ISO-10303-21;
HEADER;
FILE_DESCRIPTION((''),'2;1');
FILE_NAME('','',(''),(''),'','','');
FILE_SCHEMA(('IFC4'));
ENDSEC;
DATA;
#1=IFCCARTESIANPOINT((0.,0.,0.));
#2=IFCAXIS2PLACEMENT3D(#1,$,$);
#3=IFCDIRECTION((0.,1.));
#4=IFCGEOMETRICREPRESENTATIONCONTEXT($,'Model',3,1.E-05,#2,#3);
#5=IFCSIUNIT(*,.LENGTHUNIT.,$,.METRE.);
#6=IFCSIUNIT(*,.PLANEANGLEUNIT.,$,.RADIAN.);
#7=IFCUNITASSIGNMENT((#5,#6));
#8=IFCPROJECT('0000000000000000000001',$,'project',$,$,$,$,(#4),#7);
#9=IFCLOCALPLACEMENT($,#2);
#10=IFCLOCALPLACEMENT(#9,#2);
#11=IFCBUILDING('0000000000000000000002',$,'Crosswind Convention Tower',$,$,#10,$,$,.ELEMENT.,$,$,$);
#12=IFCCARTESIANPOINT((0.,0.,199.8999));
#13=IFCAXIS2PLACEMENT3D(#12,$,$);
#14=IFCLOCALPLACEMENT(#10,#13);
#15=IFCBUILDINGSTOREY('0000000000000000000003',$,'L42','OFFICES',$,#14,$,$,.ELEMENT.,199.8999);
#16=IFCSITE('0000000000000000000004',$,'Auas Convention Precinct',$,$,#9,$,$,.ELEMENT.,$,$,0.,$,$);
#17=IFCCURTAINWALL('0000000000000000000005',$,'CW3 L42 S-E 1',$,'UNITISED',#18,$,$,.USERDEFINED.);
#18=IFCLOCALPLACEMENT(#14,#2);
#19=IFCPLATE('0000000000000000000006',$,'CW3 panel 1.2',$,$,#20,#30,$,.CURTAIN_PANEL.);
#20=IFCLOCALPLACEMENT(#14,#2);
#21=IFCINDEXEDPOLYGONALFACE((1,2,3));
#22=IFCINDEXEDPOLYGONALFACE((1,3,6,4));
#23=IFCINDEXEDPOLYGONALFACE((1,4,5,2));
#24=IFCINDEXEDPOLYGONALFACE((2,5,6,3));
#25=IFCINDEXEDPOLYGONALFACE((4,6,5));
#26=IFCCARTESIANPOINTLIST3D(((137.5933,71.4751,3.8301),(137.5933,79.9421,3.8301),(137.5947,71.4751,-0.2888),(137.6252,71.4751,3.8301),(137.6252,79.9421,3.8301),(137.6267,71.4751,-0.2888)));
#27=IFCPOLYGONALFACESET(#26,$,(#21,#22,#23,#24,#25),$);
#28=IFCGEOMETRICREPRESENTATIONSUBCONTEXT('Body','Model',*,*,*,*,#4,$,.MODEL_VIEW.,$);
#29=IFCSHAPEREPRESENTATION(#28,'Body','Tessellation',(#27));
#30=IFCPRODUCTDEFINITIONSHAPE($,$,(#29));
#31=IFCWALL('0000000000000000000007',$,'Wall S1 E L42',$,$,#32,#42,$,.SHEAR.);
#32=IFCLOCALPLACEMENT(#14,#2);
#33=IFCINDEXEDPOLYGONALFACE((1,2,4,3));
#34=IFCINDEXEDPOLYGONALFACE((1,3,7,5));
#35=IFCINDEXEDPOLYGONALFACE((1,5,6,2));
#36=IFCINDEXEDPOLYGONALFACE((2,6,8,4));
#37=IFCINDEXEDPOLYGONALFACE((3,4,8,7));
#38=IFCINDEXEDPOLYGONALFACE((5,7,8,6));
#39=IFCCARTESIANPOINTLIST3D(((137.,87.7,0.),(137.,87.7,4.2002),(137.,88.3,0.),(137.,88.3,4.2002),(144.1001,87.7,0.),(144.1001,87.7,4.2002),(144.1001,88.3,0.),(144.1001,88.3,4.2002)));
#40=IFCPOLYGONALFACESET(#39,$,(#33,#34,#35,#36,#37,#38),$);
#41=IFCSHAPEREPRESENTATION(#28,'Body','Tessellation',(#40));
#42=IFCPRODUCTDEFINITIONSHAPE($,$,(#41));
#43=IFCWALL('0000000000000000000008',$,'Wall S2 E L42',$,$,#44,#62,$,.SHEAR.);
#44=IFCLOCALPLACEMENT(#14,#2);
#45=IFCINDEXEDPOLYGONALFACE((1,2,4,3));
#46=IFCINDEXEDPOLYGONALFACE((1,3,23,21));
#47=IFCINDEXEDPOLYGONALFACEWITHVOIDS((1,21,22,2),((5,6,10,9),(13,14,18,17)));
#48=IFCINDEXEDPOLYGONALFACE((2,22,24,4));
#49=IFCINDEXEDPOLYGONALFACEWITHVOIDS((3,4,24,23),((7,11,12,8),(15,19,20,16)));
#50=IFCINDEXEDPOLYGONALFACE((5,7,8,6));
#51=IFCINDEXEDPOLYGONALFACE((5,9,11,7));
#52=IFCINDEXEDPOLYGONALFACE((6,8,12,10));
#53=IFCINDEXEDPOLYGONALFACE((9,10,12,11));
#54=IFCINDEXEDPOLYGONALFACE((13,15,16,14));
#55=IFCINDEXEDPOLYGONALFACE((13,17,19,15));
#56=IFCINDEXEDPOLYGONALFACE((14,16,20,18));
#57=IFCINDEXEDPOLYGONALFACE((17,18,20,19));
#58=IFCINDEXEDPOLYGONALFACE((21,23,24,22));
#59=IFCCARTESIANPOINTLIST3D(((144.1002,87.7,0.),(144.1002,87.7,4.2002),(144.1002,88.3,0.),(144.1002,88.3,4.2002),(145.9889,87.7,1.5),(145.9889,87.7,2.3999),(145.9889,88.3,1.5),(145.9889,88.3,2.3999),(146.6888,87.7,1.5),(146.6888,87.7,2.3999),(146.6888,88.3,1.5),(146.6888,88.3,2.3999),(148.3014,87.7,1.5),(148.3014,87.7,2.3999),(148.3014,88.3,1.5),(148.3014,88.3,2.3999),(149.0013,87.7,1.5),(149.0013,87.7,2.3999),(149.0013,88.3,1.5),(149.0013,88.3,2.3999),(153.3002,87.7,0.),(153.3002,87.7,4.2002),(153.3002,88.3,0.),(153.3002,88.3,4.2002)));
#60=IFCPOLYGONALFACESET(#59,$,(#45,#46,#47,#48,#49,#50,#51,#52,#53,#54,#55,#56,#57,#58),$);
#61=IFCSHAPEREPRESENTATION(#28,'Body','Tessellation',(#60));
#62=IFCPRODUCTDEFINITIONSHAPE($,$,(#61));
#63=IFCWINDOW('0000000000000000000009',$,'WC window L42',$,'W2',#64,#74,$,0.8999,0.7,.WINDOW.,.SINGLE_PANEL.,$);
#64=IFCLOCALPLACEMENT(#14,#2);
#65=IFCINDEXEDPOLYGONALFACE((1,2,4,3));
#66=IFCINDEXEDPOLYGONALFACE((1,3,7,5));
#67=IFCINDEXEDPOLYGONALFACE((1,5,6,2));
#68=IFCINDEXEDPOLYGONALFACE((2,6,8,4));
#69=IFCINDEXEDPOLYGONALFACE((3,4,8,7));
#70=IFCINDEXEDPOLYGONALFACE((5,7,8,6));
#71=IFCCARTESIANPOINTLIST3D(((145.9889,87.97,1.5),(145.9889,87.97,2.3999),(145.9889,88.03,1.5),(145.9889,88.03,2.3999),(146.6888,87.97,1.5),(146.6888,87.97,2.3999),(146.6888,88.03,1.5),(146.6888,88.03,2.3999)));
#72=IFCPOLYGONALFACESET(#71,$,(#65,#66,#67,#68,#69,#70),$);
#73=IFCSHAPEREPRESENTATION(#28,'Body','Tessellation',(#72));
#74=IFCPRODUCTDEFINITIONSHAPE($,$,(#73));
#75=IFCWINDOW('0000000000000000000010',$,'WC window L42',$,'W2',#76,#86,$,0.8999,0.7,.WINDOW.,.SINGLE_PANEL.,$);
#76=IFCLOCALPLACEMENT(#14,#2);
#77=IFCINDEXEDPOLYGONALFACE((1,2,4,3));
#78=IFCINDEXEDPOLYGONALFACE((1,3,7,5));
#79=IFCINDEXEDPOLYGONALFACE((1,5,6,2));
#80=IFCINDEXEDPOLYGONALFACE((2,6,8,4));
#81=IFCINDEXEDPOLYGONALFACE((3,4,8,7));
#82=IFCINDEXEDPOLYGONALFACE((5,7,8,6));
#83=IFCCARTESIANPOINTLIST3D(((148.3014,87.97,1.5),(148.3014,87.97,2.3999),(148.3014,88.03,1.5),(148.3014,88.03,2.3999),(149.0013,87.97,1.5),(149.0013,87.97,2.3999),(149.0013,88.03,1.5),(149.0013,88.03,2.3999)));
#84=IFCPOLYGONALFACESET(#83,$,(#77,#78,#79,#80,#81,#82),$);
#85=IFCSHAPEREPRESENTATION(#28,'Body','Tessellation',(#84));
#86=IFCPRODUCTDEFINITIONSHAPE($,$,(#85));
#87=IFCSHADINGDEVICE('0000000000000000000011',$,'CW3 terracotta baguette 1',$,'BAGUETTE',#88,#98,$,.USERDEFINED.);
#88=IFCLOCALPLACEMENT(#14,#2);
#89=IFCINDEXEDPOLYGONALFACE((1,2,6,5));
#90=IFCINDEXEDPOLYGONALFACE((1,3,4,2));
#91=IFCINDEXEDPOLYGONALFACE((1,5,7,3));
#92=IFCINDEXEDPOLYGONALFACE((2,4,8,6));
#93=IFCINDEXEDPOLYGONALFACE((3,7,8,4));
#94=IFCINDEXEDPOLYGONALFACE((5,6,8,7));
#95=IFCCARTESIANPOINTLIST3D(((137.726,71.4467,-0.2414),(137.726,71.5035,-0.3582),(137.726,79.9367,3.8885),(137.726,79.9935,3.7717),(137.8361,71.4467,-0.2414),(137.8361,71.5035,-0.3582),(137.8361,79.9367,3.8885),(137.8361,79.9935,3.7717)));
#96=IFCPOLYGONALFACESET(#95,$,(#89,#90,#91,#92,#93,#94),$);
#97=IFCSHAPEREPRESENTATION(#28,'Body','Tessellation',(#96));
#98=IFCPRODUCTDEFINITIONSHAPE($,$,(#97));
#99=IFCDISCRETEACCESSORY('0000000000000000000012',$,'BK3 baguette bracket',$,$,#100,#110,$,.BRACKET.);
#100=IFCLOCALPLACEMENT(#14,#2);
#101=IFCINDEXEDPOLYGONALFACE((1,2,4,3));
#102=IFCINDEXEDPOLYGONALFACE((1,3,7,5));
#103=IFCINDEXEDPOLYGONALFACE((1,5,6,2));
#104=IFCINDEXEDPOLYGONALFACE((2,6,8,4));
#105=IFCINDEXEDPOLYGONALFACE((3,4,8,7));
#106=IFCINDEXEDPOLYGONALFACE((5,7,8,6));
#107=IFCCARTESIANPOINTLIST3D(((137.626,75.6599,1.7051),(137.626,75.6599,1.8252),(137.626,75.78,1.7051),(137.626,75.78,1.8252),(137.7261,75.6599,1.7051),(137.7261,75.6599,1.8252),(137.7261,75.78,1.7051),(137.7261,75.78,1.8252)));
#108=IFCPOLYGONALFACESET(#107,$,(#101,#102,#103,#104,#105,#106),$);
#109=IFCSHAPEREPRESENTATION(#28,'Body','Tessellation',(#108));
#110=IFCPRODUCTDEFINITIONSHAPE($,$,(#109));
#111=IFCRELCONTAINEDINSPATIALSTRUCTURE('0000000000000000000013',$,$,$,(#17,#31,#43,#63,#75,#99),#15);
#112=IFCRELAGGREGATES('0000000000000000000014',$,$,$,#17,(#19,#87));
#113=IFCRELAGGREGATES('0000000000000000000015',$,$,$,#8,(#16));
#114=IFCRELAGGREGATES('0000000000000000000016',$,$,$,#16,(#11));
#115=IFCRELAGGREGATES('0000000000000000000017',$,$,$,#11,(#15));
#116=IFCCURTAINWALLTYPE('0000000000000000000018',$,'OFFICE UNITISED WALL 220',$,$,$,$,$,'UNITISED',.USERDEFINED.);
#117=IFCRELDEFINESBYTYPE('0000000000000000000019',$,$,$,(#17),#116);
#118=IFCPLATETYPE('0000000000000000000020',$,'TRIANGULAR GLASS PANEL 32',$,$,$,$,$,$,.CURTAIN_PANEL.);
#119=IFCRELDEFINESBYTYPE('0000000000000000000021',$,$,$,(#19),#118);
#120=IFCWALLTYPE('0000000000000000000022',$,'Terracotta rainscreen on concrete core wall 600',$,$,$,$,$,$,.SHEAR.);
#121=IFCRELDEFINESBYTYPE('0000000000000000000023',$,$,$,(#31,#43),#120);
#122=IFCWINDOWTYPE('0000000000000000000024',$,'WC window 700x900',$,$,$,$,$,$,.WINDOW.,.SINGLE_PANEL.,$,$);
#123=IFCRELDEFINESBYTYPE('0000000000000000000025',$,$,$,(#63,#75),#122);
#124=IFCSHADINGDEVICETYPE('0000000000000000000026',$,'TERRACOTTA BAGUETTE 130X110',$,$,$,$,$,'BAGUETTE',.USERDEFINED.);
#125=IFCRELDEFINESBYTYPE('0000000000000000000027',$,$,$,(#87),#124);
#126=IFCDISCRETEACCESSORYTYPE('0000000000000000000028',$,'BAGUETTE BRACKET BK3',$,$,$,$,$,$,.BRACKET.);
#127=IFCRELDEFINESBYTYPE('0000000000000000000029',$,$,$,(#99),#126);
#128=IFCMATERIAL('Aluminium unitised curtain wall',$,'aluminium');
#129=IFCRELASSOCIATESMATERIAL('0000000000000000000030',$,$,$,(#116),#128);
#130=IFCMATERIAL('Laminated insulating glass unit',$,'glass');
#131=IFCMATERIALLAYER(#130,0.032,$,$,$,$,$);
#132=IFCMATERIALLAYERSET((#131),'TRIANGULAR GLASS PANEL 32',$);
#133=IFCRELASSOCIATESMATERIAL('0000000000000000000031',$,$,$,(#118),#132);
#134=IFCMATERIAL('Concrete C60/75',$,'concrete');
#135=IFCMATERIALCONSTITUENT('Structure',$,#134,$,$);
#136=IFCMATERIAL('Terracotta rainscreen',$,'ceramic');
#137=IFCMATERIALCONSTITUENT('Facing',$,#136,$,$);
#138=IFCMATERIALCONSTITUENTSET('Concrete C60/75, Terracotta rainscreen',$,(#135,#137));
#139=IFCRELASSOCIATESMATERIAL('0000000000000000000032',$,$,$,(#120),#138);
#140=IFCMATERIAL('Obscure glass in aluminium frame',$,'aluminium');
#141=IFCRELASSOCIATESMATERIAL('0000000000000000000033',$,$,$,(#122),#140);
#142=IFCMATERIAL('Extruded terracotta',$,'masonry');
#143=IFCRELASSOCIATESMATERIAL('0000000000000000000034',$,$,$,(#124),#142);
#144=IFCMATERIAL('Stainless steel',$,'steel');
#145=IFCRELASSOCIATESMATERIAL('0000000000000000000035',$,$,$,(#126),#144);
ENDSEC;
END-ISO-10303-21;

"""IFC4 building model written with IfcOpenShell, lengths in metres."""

from ifc_helpers import new_model, si_unit, direction, frame, frame_2d, origin, origin_2d, place, context, subcontext, project, spatial, polyline, rectangle, outline, extrude, material, layer, layer_set, constituent, constituent_set, material_profile, profile_set, type_object, element, fill, aggregate, save


model = new_model("IFC4")

# Units and contexts
model_context = context("Model", 3, precision=1e-05, world=origin(), true_north=direction((0.0, 1.0)))
body_context = subcontext(model_context, "Body", "Model", "MODEL_VIEW")
ifc_project = project(units=[si_unit("LENGTHUNIT", "METRE"), si_unit("PLANEANGLEUNIT", "RADIAN")], contexts=[model_context])

# Site, building, storey
site_placement = place(None, origin())
site = spatial("IfcSite", under=ifc_project, at=site_placement, Name="Auas Convention Precinct", CompositionType="ELEMENT", RefElevation=0.0)
building_placement = place(site_placement, origin())
building = spatial("IfcBuilding", under=site, at=building_placement, Name="Crosswind Convention Tower", CompositionType="ELEMENT")
storey_placement = place(building_placement, frame((0.0, 0.0, 199.8999)))
storey = spatial("IfcBuildingStorey", under=building, at=storey_placement, Name="L42", Description="OFFICES", CompositionType="ELEMENT", Elevation=199.8999)

# Shared definitions
ifc_material_1 = material(Name="Concrete C60/75", Category="concrete")

# Shared definitions
ifc_material_2 = material(Name="Aluminium unitised curtain wall", Category="aluminium")

# Curtain wall
curtain_wall_type_1 = type_object("IfcCurtainWallType", Name="OFFICE UNITISED WALL 220", ElementType="UNITISED", PredefinedType="USERDEFINED", material=ifc_material_2)
curtain_wall_1_placement = place(storey_placement, origin())
curtain_wall_1 = element("IfcCurtainWall", 1, at=curtain_wall_1_placement, inside=storey, type_object=curtain_wall_type_1, Name="CW3 L42 S-E 1", ObjectType="UNITISED", PredefinedType="USERDEFINED")

# Plate
ifc_material_3 = material(Name="Laminated insulating glass unit", Category="glass")
ifc_layer_1 = layer(ifc_material_3, 0.032)
ifc_layer_set_1 = layer_set([ifc_layer_1], Name="TRIANGULAR GLASS PANEL 32")
plate_type_1 = type_object("IfcPlateType", Name="TRIANGULAR GLASS PANEL 32", PredefinedType="CURTAIN_PANEL", material=ifc_layer_set_1)
plate_1_placement = place(storey_placement, frame((137.6252, 71.4751, 3.8301), z_axis=(1.0, 0.0, 0.000356), x_axis=(0.000356, 0.0, -1.0)))
plate_1 = element("IfcPlate", 2, at=plate_1_placement, type_object=plate_type_1, Name="CW3 panel 1.2", PredefinedType="CURTAIN_PANEL", context=body_context, shape_type="SweptSolid", body=[
    extrude(outline(polyline([(0.0, 0.0), (4.1189, 0.0), (0.0, 8.467), (0.0, 0.0)])), origin(), (0.0, 0.0, -1.0), 0.032),
])

# Wall
ifc_constituent_1 = constituent(ifc_material_1, Name="Structure")
ifc_material_4 = material(Name="Terracotta rainscreen", Category="ceramic")
ifc_constituent_2 = constituent(ifc_material_4, Name="Facing")
ifc_constituent_set = constituent_set(constituents=[ifc_constituent_1, ifc_constituent_2], Name="Concrete C60/75, Terracotta rainscreen")
wall_type = type_object("IfcWallType", Name="Terracotta rainscreen on concrete core wall 600", PredefinedType="SHEAR", material=ifc_constituent_set)
wall_1_placement = place(storey_placement, frame((137.0, 88.0, 0.0), z_axis=(0.0, 0.0, 1.0), x_axis=(1.0, 0.0, 0.0)))
element("IfcWall", 3, at=wall_1_placement, inside=storey, type_object=wall_type, Name="Wall S1 E L42", PredefinedType="SHEAR", context=body_context, shape_type="SweptSolid", body=[
    extrude(rectangle(XDim=7.1001, YDim=0.6001, at=frame_2d((3.55, 0.0))), origin(), (0.0, 0.0, 1.0), 4.2002),
])

# Wall, openings, windows
wall_2_placement = place(storey_placement, frame((144.1001, 88.0, 0.0), z_axis=(0.0, 0.0, 1.0), x_axis=(1.0, 0.0, 0.0)))
wall_2 = element("IfcWall", 4, at=wall_2_placement, inside=storey, type_object=wall_type, Name="Wall S2 E L42", PredefinedType="SHEAR", context=body_context, shape_type="SweptSolid", body=[
    extrude(rectangle(XDim=9.2, YDim=0.6001, at=frame_2d((4.6001, 0.0))), origin(), (0.0, 0.0, 1.0), 4.2002),
])
opening_1_placement = place(wall_2_placement, frame((1.8887, 0.0, 1.5)))
opening_1 = element("IfcOpeningElement", 5, at=opening_1_placement, cuts=wall_2, PredefinedType="OPENING", context=body_context, shape_type="SweptSolid", body=[
    extrude(rectangle(XDim=0.7, YDim=0.8999, at=frame_2d((0.3501, 0.45))), frame((0.0, 0.3101, 0.0), z_axis=(0.0, -1.0, 0.0), x_axis=(1.0, 0.0, 0.0)), (0.0, 0.0, 1.0), 0.6201),
])
opening_2_placement = place(wall_2_placement, frame((4.2012, 0.0, 1.5)))
opening_2 = element("IfcOpeningElement", 6, at=opening_2_placement, cuts=wall_2, PredefinedType="OPENING", context=body_context, shape_type="SweptSolid", body=[
    extrude(rectangle(XDim=0.7, YDim=0.8999, at=frame_2d((0.3501, 0.45))), frame((0.0, 0.3101, 0.0), z_axis=(0.0, -1.0, 0.0), x_axis=(1.0, 0.0, 0.0)), (0.0, 0.0, 1.0), 0.6201),
])
ifc_material_5 = material(Name="Obscure glass in aluminium frame", Category="aluminium")
window_type = type_object("IfcWindowType", Name="WC window 700x900", PartitioningType="SINGLE_PANEL", PredefinedType="WINDOW", material=ifc_material_5)
window_1_placement = place(opening_1_placement, origin())
window_1 = element("IfcWindow", 7, at=window_1_placement, inside=storey, type_object=window_type, Name="WC window L42", ObjectType="W2", OverallHeight=0.8999, OverallWidth=0.7, PartitioningType="SINGLE_PANEL", PredefinedType="WINDOW", context=body_context, shape_type="SweptSolid", body=[
    extrude(rectangle(XDim=0.7, YDim=0.8999, at=frame_2d((0.3501, 0.45))), frame((0.0, 0.03, 0.0), z_axis=(0.0, -1.0, 0.0), x_axis=(1.0, 0.0, 0.0)), (0.0, 0.0, 1.0), 0.0601),
])
fill(opening_1, window_1)
window_2_placement = place(opening_2_placement, origin())
window_2 = element("IfcWindow", 8, at=window_2_placement, inside=storey, type_object=window_type, Name="WC window L42", ObjectType="W2", OverallHeight=0.8999, OverallWidth=0.7, PartitioningType="SINGLE_PANEL", PredefinedType="WINDOW", context=body_context, shape_type="SweptSolid", body=[
    extrude(rectangle(XDim=0.7, YDim=0.8999, at=frame_2d((0.3501, 0.45))), frame((0.0, 0.03, 0.0), z_axis=(0.0, -1.0, 0.0), x_axis=(1.0, 0.0, 0.0)), (0.0, 0.0, 1.0), 0.0601),
])
fill(opening_2, window_2)

# Shading device
ifc_material_6 = material(Name="Extruded terracotta", Category="masonry")
ifc_material_profile_1 = material_profile(ifc_material_6, rectangle(XDim=0.1101, YDim=0.1299, at=origin_2d()), Name="TC 110X130")
ifc_profile_set_1 = profile_set([ifc_material_profile_1], Name="Extruded terracotta")
shading_device_type = type_object("IfcShadingDeviceType", Name="TERRACOTTA BAGUETTE 130X110", ElementType="BAGUETTE", PredefinedType="USERDEFINED", material=ifc_profile_set_1)
shading_device_placement = place(storey_placement, frame((137.781, 71.4751, -0.2998), z_axis=(0.0, 0.899251, 0.437433), x_axis=(-1.0, 0.0, 0.0)))
shading_device = element("IfcShadingDevice", 9, at=shading_device_placement, type_object=shading_device_type, Name="CW3 terracotta baguette 1", ObjectType="BAGUETTE", PredefinedType="USERDEFINED", context=body_context, shape_type="SweptSolid", body=[
    extrude(rectangle(XDim=0.1101, YDim=0.1299, at=origin_2d()), origin(), (0.0, 0.0, 1.0), 9.4412),
])
aggregate(curtain_wall_1, [plate_1, shading_device])

# Discrete accessory
ifc_material_7 = material(Name="Stainless steel", Category="steel")
discrete_accessory_type = type_object("IfcDiscreteAccessoryType", Name="BAGUETTE BRACKET BK3", PredefinedType="BRACKET", material=ifc_material_7)
discrete_accessory_placement = place(storey_placement, frame((137.676, 75.72, 1.7051), z_axis=(0.0, 0.0, 1.0), x_axis=(0.0, 1.0, 0.0)))
element("IfcDiscreteAccessory", 10, at=discrete_accessory_placement, inside=storey, type_object=discrete_accessory_type, Name="BK3 baguette bracket", PredefinedType="BRACKET", context=body_context, shape_type="SweptSolid", body=[
    extrude(rectangle(XDim=0.1201, YDim=0.1001, at=origin_2d()), origin(), (0.0, 0.0, 1.0), 0.1201),
])

save(model, "model.ifc")
